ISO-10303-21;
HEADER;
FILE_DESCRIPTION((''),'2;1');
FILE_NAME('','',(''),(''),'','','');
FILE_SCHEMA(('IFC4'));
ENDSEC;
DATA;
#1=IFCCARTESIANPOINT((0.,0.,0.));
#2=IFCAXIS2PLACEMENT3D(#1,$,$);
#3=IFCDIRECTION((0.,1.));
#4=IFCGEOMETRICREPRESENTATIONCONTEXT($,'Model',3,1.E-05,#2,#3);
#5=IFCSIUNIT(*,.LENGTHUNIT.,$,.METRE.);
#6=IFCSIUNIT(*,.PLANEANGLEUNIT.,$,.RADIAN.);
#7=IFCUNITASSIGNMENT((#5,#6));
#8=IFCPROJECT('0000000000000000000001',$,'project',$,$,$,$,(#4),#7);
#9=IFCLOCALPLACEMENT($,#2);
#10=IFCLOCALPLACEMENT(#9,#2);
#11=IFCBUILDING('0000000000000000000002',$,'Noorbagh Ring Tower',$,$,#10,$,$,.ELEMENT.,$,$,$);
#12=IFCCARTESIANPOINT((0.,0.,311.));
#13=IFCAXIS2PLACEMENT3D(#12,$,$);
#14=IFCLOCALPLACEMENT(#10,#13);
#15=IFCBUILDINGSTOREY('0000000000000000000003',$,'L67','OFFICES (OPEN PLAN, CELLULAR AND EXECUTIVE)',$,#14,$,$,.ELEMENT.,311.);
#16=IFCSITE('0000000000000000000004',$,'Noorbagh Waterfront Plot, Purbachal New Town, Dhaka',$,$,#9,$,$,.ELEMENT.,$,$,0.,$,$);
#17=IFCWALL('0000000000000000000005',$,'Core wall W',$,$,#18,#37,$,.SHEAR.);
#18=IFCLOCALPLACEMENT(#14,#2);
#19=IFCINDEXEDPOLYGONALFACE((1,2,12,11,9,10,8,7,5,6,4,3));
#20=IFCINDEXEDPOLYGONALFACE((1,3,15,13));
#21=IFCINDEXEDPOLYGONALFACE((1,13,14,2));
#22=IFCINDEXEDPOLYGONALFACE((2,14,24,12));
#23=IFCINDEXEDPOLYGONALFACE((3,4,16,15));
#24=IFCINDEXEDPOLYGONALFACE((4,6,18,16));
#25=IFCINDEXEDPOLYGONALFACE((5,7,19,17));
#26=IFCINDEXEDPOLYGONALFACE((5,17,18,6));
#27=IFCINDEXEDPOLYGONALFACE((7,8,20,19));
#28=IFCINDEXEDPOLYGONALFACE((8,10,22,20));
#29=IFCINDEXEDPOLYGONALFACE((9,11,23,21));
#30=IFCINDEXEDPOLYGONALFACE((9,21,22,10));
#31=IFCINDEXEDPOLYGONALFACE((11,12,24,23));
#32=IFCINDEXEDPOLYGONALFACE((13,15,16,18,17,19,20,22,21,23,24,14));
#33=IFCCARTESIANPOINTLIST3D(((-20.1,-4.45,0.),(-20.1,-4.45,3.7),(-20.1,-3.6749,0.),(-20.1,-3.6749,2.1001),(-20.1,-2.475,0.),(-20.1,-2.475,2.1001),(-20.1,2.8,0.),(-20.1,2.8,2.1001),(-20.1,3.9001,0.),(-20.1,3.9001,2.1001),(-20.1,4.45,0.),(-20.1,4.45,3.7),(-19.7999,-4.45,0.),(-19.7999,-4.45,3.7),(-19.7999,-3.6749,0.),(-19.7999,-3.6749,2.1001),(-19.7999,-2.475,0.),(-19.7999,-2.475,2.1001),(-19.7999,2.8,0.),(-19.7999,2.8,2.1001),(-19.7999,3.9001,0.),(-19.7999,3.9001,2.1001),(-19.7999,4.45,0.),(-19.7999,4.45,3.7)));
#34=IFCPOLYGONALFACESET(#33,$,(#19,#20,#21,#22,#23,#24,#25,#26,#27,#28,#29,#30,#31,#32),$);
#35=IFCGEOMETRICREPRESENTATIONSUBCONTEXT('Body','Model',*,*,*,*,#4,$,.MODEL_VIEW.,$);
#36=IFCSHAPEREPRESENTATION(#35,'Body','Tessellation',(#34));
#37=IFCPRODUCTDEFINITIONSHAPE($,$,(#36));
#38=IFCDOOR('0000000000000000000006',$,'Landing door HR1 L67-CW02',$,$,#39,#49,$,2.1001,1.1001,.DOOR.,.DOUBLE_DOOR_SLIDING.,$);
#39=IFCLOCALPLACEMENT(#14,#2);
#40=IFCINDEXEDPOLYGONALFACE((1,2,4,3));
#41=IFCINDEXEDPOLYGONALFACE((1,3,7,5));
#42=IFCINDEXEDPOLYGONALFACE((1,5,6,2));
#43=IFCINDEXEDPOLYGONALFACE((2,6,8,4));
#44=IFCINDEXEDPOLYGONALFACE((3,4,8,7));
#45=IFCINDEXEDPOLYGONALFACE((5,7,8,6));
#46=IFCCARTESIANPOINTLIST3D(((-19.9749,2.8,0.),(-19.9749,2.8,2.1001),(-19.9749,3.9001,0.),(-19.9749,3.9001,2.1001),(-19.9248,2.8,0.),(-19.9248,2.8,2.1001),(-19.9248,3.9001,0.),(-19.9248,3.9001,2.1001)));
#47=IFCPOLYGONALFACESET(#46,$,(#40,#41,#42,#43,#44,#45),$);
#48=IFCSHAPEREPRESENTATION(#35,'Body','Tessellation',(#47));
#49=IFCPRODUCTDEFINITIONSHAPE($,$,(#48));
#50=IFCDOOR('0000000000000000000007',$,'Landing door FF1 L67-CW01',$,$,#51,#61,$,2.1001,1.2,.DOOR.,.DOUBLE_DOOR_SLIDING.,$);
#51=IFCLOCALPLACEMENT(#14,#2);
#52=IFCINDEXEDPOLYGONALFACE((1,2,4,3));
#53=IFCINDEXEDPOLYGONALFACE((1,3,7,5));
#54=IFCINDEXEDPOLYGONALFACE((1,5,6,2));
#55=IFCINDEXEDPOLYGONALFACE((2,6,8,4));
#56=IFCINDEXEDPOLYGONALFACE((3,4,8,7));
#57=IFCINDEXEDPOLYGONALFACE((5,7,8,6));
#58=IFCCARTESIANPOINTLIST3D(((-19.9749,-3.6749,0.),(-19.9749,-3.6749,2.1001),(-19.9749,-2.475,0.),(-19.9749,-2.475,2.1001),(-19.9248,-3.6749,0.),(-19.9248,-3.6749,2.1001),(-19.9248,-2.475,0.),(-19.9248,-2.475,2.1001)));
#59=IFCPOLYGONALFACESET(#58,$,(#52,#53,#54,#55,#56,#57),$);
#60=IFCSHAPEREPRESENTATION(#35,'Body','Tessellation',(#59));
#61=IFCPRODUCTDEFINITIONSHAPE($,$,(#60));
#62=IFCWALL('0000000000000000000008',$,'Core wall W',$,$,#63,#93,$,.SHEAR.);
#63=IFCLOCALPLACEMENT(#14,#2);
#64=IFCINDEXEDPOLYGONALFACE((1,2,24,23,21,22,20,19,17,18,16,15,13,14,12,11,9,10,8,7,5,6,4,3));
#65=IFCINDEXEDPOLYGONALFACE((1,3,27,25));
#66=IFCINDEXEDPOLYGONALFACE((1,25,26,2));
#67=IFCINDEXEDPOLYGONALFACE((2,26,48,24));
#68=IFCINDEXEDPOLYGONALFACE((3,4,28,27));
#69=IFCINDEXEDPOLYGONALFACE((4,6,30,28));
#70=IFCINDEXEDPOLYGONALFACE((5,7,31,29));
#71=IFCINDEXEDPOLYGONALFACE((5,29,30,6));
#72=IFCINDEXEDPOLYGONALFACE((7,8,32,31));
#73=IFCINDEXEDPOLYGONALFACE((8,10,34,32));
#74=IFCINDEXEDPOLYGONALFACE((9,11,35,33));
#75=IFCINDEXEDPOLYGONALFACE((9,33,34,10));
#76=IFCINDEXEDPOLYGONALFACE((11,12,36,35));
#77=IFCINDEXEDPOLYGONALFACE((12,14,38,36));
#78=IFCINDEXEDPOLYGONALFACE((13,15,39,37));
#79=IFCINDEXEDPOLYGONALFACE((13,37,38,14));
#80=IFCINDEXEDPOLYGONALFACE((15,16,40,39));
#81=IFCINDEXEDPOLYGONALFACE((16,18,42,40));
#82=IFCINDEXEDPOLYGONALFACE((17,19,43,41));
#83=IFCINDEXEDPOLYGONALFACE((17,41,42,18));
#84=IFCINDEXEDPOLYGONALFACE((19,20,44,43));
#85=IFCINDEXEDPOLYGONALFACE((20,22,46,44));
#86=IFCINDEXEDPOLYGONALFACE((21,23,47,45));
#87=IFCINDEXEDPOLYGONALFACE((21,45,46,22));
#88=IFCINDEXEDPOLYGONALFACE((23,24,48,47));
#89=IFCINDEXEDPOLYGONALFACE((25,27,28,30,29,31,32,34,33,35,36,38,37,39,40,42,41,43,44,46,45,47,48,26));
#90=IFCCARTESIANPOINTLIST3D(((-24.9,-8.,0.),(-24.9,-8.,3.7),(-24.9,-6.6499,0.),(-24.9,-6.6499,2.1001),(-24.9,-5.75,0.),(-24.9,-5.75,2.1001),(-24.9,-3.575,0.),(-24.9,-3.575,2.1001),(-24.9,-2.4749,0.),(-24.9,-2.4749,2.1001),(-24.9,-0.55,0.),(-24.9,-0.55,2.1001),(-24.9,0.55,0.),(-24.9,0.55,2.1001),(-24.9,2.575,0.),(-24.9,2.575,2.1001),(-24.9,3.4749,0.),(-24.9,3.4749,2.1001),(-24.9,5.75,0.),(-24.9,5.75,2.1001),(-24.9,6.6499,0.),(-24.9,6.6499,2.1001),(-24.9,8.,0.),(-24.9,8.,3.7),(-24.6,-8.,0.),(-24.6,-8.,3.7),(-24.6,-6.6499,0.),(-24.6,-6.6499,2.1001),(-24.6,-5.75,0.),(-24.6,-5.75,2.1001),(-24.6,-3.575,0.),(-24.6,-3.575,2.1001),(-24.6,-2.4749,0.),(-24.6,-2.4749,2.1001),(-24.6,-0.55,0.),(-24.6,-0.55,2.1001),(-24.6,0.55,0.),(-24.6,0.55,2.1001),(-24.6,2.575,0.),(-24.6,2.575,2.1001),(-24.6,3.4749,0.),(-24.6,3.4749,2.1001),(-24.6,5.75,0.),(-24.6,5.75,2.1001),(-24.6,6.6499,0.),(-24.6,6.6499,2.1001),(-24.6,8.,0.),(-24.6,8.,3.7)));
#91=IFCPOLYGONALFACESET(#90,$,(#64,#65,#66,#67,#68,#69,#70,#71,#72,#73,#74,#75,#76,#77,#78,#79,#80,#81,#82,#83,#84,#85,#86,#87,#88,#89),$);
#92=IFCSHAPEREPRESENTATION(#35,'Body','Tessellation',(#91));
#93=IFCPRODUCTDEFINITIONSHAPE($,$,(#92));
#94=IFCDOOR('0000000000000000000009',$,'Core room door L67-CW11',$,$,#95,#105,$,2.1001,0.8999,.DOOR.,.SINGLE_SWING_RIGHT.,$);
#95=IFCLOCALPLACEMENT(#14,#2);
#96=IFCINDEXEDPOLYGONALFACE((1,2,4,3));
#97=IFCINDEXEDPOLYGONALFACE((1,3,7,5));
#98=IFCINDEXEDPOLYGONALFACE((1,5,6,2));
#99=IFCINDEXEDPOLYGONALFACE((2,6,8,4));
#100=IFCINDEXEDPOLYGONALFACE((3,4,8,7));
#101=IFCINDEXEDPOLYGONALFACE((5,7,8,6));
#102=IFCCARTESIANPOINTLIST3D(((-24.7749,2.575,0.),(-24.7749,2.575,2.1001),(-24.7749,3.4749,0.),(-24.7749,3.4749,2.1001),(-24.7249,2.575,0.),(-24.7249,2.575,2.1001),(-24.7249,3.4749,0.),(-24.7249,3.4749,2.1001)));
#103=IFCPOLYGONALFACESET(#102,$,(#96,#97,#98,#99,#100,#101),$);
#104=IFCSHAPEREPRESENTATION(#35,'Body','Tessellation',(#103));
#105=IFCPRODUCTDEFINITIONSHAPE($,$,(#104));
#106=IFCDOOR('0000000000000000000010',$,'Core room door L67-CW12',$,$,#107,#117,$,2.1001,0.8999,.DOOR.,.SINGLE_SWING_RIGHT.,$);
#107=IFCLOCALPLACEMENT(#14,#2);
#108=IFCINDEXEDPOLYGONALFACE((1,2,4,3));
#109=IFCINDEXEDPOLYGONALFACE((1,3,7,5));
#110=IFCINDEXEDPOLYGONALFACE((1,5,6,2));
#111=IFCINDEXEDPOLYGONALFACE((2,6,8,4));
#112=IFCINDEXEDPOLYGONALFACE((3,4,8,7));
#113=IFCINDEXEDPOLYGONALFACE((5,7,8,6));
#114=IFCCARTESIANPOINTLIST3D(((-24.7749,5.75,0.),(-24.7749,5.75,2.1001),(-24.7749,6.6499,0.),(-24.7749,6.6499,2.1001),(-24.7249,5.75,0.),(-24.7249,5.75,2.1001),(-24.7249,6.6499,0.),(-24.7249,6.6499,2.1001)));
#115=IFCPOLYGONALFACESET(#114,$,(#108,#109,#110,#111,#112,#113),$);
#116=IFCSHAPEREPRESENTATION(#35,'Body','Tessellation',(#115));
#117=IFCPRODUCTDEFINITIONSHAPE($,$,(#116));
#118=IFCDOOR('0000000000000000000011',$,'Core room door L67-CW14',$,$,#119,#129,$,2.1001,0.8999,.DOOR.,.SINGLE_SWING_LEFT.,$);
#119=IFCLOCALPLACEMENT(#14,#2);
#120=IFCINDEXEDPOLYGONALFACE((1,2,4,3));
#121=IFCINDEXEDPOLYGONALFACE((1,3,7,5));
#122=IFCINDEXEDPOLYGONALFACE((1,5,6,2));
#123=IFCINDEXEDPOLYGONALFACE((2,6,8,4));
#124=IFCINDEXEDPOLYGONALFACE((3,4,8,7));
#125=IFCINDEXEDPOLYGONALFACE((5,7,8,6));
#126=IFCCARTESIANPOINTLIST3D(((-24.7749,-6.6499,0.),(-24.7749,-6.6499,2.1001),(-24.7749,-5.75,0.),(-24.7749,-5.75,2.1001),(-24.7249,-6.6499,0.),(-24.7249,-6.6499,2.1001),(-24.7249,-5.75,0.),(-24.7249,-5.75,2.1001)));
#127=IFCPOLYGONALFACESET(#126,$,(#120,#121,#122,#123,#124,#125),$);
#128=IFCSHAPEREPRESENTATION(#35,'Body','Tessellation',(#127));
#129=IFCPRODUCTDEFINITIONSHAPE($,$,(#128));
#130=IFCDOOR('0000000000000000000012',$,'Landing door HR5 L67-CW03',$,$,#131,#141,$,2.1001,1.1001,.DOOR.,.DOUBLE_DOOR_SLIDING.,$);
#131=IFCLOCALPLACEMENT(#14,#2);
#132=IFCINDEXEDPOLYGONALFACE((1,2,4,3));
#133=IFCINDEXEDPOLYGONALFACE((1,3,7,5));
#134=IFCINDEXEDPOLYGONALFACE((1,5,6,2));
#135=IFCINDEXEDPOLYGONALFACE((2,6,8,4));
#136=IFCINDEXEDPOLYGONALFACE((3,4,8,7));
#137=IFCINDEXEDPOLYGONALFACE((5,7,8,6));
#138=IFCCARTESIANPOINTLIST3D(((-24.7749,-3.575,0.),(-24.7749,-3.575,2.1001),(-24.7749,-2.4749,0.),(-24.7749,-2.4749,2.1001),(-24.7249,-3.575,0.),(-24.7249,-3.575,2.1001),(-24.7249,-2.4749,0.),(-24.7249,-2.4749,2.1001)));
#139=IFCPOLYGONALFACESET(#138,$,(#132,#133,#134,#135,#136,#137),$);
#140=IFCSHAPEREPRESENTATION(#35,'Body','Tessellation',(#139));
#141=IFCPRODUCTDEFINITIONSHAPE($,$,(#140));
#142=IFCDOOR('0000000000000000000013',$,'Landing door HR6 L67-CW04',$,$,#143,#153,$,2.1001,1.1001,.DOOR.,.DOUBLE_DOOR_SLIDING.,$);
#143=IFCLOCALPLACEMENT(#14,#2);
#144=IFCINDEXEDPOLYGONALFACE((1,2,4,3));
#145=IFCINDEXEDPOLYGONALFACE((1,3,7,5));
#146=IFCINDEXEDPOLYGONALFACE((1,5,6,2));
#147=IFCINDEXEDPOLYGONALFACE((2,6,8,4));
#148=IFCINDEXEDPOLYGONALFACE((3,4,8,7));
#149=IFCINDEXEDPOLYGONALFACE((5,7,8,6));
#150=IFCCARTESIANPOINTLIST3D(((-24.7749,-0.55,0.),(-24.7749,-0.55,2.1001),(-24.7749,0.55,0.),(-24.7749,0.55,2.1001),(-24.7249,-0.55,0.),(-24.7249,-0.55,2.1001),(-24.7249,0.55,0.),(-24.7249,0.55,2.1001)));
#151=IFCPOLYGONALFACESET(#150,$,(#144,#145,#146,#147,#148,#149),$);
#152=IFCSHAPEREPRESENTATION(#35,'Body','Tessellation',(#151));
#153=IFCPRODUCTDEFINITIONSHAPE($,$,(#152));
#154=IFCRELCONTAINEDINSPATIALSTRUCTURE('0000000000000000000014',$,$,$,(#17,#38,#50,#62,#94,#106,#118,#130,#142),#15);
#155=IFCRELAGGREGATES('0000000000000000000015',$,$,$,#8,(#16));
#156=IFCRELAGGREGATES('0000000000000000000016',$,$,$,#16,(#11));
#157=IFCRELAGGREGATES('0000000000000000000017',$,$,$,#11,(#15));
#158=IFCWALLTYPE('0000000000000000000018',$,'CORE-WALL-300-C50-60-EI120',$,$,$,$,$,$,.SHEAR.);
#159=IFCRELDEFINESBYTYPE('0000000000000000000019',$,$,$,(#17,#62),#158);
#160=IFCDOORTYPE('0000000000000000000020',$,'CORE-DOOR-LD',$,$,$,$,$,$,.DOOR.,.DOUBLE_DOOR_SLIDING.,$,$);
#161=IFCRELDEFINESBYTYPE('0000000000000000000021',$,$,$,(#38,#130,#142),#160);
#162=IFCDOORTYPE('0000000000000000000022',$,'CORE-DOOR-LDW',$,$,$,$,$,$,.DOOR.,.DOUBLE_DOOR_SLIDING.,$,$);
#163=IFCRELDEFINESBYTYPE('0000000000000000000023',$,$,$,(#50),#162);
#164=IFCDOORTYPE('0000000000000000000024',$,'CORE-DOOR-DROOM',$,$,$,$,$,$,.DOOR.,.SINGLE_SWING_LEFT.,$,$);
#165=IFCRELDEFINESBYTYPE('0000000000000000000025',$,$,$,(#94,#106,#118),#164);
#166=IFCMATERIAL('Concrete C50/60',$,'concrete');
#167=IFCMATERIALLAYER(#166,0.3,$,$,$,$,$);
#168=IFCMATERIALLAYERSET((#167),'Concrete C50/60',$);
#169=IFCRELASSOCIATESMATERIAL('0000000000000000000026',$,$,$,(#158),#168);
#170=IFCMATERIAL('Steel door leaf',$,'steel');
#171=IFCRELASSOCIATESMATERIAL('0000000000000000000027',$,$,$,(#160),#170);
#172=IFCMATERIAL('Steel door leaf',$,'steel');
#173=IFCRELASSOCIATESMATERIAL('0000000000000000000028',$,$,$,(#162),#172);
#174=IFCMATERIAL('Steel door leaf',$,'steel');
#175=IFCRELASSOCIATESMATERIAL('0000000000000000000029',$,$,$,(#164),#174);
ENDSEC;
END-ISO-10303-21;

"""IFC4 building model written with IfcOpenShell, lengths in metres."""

from ifc_helpers import new_model, si_unit, direction, frame, frame_2d, origin, place, context, subcontext, project, spatial, rectangle, extrude, material, layer, layer_set, type_object, element, fill, save


model = new_model("IFC4")

# Units and contexts
model_context = context("Model", 3, precision=1e-05, world=origin(), true_north=direction((0.0, 1.0)))
body_context = subcontext(model_context, "Body", "Model", "MODEL_VIEW")
ifc_project = project(units=[si_unit("LENGTHUNIT", "METRE"), si_unit("PLANEANGLEUNIT", "RADIAN")], contexts=[model_context])

# Site, building, storey
site_placement = place(None, origin())
site = spatial("IfcSite", under=ifc_project, at=site_placement, Name="Noorbagh Waterfront Plot, Purbachal New Town, Dhaka", CompositionType="ELEMENT", RefElevation=0.0)
building_placement = place(site_placement, origin())
building = spatial("IfcBuilding", under=site, at=building_placement, Name="Noorbagh Ring Tower", CompositionType="ELEMENT")
storey_placement = place(building_placement, frame((0.0, 0.0, 311.0)))
storey = spatial("IfcBuildingStorey", under=building, at=storey_placement, Name="L67", Description="OFFICES (OPEN PLAN, CELLULAR AND EXECUTIVE)", CompositionType="ELEMENT", Elevation=311.0)

# Shared definitions
ifc_material_1 = material(Name="Concrete C50/60", Category="concrete")
ifc_layer_1 = layer(ifc_material_1, 0.3)
ifc_layer_set_1 = layer_set([ifc_layer_1], Name="Concrete C50/60")
wall_type_1 = type_object("IfcWallType", Name="CORE-WALL-300-C50-60-EI120", PredefinedType="SHEAR", material=ifc_layer_set_1)

# Walls, openings, doors
wall_1_placement = place(storey_placement, frame((-19.95, -4.45, 0.0), z_axis=(0.0, 0.0, 1.0), x_axis=(0.0, 1.0, 0.0)))
wall_1 = element("IfcWall", 1, at=wall_1_placement, inside=storey, type_object=wall_type_1, Name="Core wall W", PredefinedType="SHEAR", context=body_context, shape_type="SweptSolid", body=[
    extrude(rectangle(XDim=8.8999, YDim=0.3, at=frame_2d((4.45, 0.0))), origin(), (0.0, 0.0, 1.0), 3.7),
])
opening_1_placement = place(wall_1_placement, frame((0.7749, 0.0, 0.0)))
opening_1 = element("IfcOpeningElement", 2, at=opening_1_placement, cuts=wall_1, PredefinedType="OPENING", context=body_context, shape_type="SweptSolid", body=[
    extrude(rectangle(XDim=1.2, YDim=2.1001, at=frame_2d((0.6001, 1.05))), frame((0.0, 0.1602, 0.0), z_axis=(0.0, -1.0, 0.0), x_axis=(1.0, 0.0, 0.0)), (0.0, 0.0, 1.0), 0.3201),
])
opening_2_placement = place(wall_1_placement, frame((7.25, 0.0, 0.0)))
opening_2 = element("IfcOpeningElement", 3, at=opening_2_placement, cuts=wall_1, PredefinedType="OPENING", context=body_context, shape_type="SweptSolid", body=[
    extrude(rectangle(XDim=1.1001, YDim=2.1001, at=frame_2d((0.55, 1.05))), frame((0.0, 0.1602, 0.0), z_axis=(0.0, -1.0, 0.0), x_axis=(1.0, 0.0, 0.0)), (0.0, 0.0, 1.0), 0.3201),
])
ifc_material_2 = material(Name="Steel door leaf", Category="steel")
door_type_1 = type_object("IfcDoorType", Name="CORE-DOOR-LD", OperationType="DOUBLE_DOOR_SLIDING", PredefinedType="DOOR", material=ifc_material_2)
door_1_placement = place(opening_2_placement, origin())
door_1 = element("IfcDoor", 4, at=door_1_placement, inside=storey, type_object=door_type_1, Name="Landing door HR1 L67-CW02", OperationType="DOUBLE_DOOR_SLIDING", OverallHeight=2.1001, OverallWidth=1.1001, PredefinedType="DOOR", context=body_context, shape_type="SweptSolid", body=[
    extrude(rectangle(XDim=1.1001, YDim=2.1001, at=frame_2d((0.55, 1.05))), frame((0.0, 0.0249, 0.0), z_axis=(0.0, -1.0, 0.0), x_axis=(1.0, 0.0, 0.0)), (0.0, 0.0, 1.0), 0.05),
])
fill(opening_2, door_1)
ifc_material_3 = material(Name="Steel door leaf", Category="steel")
door_type_2 = type_object("IfcDoorType", Name="CORE-DOOR-LDW", OperationType="DOUBLE_DOOR_SLIDING", PredefinedType="DOOR", material=ifc_material_3)
door_2_placement = place(opening_1_placement, origin())
door_2 = element("IfcDoor", 5, at=door_2_placement, inside=storey, type_object=door_type_2, Name="Landing door FF1 L67-CW01", OperationType="DOUBLE_DOOR_SLIDING", OverallHeight=2.1001, OverallWidth=1.2, PredefinedType="DOOR", context=body_context, shape_type="SweptSolid", body=[
    extrude(rectangle(XDim=1.2, YDim=2.1001, at=frame_2d((0.6001, 1.05))), frame((0.0, 0.0249, 0.0), z_axis=(0.0, -1.0, 0.0), x_axis=(1.0, 0.0, 0.0)), (0.0, 0.0, 1.0), 0.05),
])
fill(opening_1, door_2)
wall_2_placement = place(storey_placement, frame((-24.75, -8.0, 0.0), z_axis=(0.0, 0.0, 1.0), x_axis=(0.0, 1.0, 0.0)))
wall_2 = element("IfcWall", 6, at=wall_2_placement, inside=storey, type_object=wall_type_1, Name="Core wall W", PredefinedType="SHEAR", context=body_context, shape_type="SweptSolid", body=[
    extrude(rectangle(XDim=16.0, YDim=0.3, at=frame_2d((8.0, 0.0))), origin(), (0.0, 0.0, 1.0), 3.7),
])
opening_3_placement = place(wall_2_placement, frame((4.425, 0.0, 0.0)))
opening_3 = element("IfcOpeningElement", 7, at=opening_3_placement, cuts=wall_2, PredefinedType="OPENING", context=body_context, shape_type="SweptSolid", body=[
    extrude(rectangle(XDim=1.1001, YDim=2.1001, at=frame_2d((0.55, 1.05))), frame((0.0, 0.1602, 0.0), z_axis=(0.0, -1.0, 0.0), x_axis=(1.0, 0.0, 0.0)), (0.0, 0.0, 1.0), 0.3201),
])
opening_4_placement = place(wall_2_placement, frame((7.45, 0.0, 0.0)))
opening_4 = element("IfcOpeningElement", 8, at=opening_4_placement, cuts=wall_2, PredefinedType="OPENING", context=body_context, shape_type="SweptSolid", body=[
    extrude(rectangle(XDim=1.1001, YDim=2.1001, at=frame_2d((0.55, 1.05))), frame((0.0, 0.1602, 0.0), z_axis=(0.0, -1.0, 0.0), x_axis=(1.0, 0.0, 0.0)), (0.0, 0.0, 1.0), 0.3201),
])
opening_5_placement = place(wall_2_placement, frame((10.575, 0.0, 0.0)))
opening_5 = element("IfcOpeningElement", 9, at=opening_5_placement, cuts=wall_2, PredefinedType="OPENING", context=body_context, shape_type="SweptSolid", body=[
    extrude(rectangle(XDim=0.8999, YDim=2.1001, at=frame_2d((0.45, 1.05))), frame((0.0, 0.1602, 0.0), z_axis=(0.0, -1.0, 0.0), x_axis=(1.0, 0.0, 0.0)), (0.0, 0.0, 1.0), 0.3201),
])
opening_6_placement = place(wall_2_placement, frame((13.75, 0.0, 0.0)))
opening_6 = element("IfcOpeningElement", 10, at=opening_6_placement, cuts=wall_2, PredefinedType="OPENING", context=body_context, shape_type="SweptSolid", body=[
    extrude(rectangle(XDim=0.8999, YDim=2.1001, at=frame_2d((0.45, 1.05))), frame((0.0, 0.1602, 0.0), z_axis=(0.0, -1.0, 0.0), x_axis=(1.0, 0.0, 0.0)), (0.0, 0.0, 1.0), 0.3201),
])
opening_7_placement = place(wall_2_placement, frame((1.3501, 0.0, 0.0)))
opening_7 = element("IfcOpeningElement", 11, at=opening_7_placement, cuts=wall_2, PredefinedType="OPENING", context=body_context, shape_type="SweptSolid", body=[
    extrude(rectangle(XDim=0.8999, YDim=2.1001, at=frame_2d((0.45, 1.05))), frame((0.0, 0.1602, 0.0), z_axis=(0.0, -1.0, 0.0), x_axis=(1.0, 0.0, 0.0)), (0.0, 0.0, 1.0), 0.3201),
])
ifc_material_4 = material(Name="Steel door leaf", Category="steel")
door_type_3 = type_object("IfcDoorType", Name="CORE-DOOR-DROOM", OperationType="SINGLE_SWING_LEFT", PredefinedType="DOOR", material=ifc_material_4)
door_3_placement = place(opening_5_placement, origin())
door_3 = element("IfcDoor", 12, at=door_3_placement, inside=storey, type_object=door_type_3, Name="Core room door L67-CW11", OperationType="SINGLE_SWING_RIGHT", OverallHeight=2.1001, OverallWidth=0.8999, PredefinedType="DOOR", context=body_context, shape_type="SweptSolid", body=[
    extrude(rectangle(XDim=0.8999, YDim=2.1001, at=frame_2d((0.45, 1.05))), frame((0.0, 0.0249, 0.0), z_axis=(0.0, -1.0, 0.0), x_axis=(1.0, 0.0, 0.0)), (0.0, 0.0, 1.0), 0.05),
])
fill(opening_5, door_3)
door_4_placement = place(opening_6_placement, origin())
door_4 = element("IfcDoor", 13, at=door_4_placement, inside=storey, type_object=door_type_3, Name="Core room door L67-CW12", OperationType="SINGLE_SWING_RIGHT", OverallHeight=2.1001, OverallWidth=0.8999, PredefinedType="DOOR", context=body_context, shape_type="SweptSolid", body=[
    extrude(rectangle(XDim=0.8999, YDim=2.1001, at=frame_2d((0.45, 1.05))), frame((0.0, 0.0249, 0.0), z_axis=(0.0, -1.0, 0.0), x_axis=(1.0, 0.0, 0.0)), (0.0, 0.0, 1.0), 0.05),
])
fill(opening_6, door_4)
door_5_placement = place(opening_7_placement, origin())
door_5 = element("IfcDoor", 14, at=door_5_placement, inside=storey, type_object=door_type_3, Name="Core room door L67-CW14", OperationType="SINGLE_SWING_LEFT", OverallHeight=2.1001, OverallWidth=0.8999, PredefinedType="DOOR", context=body_context, shape_type="SweptSolid", body=[
    extrude(rectangle(XDim=0.8999, YDim=2.1001, at=frame_2d((0.45, 1.05))), frame((0.0, 0.0249, 0.0), z_axis=(0.0, -1.0, 0.0), x_axis=(1.0, 0.0, 0.0)), (0.0, 0.0, 1.0), 0.05),
])
fill(opening_7, door_5)
door_6_placement = place(opening_3_placement, origin())
door_6 = element("IfcDoor", 15, at=door_6_placement, inside=storey, type_object=door_type_1, Name="Landing door HR5 L67-CW03", OperationType="DOUBLE_DOOR_SLIDING", OverallHeight=2.1001, OverallWidth=1.1001, PredefinedType="DOOR", context=body_context, shape_type="SweptSolid", body=[
    extrude(rectangle(XDim=1.1001, YDim=2.1001, at=frame_2d((0.55, 1.05))), frame((0.0, 0.0249, 0.0), z_axis=(0.0, -1.0, 0.0), x_axis=(1.0, 0.0, 0.0)), (0.0, 0.0, 1.0), 0.05),
])
fill(opening_3, door_6)
door_7_placement = place(opening_4_placement, origin())
door_7 = element("IfcDoor", 16, at=door_7_placement, inside=storey, type_object=door_type_1, Name="Landing door HR6 L67-CW04", OperationType="DOUBLE_DOOR_SLIDING", OverallHeight=2.1001, OverallWidth=1.1001, PredefinedType="DOOR", context=body_context, shape_type="SweptSolid", body=[
    extrude(rectangle(XDim=1.1001, YDim=2.1001, at=frame_2d((0.55, 1.05))), frame((0.0, 0.0249, 0.0), z_axis=(0.0, -1.0, 0.0), x_axis=(1.0, 0.0, 0.0)), (0.0, 0.0, 1.0), 0.05),
])
fill(opening_4, door_7)

save(model, "model.ifc")
